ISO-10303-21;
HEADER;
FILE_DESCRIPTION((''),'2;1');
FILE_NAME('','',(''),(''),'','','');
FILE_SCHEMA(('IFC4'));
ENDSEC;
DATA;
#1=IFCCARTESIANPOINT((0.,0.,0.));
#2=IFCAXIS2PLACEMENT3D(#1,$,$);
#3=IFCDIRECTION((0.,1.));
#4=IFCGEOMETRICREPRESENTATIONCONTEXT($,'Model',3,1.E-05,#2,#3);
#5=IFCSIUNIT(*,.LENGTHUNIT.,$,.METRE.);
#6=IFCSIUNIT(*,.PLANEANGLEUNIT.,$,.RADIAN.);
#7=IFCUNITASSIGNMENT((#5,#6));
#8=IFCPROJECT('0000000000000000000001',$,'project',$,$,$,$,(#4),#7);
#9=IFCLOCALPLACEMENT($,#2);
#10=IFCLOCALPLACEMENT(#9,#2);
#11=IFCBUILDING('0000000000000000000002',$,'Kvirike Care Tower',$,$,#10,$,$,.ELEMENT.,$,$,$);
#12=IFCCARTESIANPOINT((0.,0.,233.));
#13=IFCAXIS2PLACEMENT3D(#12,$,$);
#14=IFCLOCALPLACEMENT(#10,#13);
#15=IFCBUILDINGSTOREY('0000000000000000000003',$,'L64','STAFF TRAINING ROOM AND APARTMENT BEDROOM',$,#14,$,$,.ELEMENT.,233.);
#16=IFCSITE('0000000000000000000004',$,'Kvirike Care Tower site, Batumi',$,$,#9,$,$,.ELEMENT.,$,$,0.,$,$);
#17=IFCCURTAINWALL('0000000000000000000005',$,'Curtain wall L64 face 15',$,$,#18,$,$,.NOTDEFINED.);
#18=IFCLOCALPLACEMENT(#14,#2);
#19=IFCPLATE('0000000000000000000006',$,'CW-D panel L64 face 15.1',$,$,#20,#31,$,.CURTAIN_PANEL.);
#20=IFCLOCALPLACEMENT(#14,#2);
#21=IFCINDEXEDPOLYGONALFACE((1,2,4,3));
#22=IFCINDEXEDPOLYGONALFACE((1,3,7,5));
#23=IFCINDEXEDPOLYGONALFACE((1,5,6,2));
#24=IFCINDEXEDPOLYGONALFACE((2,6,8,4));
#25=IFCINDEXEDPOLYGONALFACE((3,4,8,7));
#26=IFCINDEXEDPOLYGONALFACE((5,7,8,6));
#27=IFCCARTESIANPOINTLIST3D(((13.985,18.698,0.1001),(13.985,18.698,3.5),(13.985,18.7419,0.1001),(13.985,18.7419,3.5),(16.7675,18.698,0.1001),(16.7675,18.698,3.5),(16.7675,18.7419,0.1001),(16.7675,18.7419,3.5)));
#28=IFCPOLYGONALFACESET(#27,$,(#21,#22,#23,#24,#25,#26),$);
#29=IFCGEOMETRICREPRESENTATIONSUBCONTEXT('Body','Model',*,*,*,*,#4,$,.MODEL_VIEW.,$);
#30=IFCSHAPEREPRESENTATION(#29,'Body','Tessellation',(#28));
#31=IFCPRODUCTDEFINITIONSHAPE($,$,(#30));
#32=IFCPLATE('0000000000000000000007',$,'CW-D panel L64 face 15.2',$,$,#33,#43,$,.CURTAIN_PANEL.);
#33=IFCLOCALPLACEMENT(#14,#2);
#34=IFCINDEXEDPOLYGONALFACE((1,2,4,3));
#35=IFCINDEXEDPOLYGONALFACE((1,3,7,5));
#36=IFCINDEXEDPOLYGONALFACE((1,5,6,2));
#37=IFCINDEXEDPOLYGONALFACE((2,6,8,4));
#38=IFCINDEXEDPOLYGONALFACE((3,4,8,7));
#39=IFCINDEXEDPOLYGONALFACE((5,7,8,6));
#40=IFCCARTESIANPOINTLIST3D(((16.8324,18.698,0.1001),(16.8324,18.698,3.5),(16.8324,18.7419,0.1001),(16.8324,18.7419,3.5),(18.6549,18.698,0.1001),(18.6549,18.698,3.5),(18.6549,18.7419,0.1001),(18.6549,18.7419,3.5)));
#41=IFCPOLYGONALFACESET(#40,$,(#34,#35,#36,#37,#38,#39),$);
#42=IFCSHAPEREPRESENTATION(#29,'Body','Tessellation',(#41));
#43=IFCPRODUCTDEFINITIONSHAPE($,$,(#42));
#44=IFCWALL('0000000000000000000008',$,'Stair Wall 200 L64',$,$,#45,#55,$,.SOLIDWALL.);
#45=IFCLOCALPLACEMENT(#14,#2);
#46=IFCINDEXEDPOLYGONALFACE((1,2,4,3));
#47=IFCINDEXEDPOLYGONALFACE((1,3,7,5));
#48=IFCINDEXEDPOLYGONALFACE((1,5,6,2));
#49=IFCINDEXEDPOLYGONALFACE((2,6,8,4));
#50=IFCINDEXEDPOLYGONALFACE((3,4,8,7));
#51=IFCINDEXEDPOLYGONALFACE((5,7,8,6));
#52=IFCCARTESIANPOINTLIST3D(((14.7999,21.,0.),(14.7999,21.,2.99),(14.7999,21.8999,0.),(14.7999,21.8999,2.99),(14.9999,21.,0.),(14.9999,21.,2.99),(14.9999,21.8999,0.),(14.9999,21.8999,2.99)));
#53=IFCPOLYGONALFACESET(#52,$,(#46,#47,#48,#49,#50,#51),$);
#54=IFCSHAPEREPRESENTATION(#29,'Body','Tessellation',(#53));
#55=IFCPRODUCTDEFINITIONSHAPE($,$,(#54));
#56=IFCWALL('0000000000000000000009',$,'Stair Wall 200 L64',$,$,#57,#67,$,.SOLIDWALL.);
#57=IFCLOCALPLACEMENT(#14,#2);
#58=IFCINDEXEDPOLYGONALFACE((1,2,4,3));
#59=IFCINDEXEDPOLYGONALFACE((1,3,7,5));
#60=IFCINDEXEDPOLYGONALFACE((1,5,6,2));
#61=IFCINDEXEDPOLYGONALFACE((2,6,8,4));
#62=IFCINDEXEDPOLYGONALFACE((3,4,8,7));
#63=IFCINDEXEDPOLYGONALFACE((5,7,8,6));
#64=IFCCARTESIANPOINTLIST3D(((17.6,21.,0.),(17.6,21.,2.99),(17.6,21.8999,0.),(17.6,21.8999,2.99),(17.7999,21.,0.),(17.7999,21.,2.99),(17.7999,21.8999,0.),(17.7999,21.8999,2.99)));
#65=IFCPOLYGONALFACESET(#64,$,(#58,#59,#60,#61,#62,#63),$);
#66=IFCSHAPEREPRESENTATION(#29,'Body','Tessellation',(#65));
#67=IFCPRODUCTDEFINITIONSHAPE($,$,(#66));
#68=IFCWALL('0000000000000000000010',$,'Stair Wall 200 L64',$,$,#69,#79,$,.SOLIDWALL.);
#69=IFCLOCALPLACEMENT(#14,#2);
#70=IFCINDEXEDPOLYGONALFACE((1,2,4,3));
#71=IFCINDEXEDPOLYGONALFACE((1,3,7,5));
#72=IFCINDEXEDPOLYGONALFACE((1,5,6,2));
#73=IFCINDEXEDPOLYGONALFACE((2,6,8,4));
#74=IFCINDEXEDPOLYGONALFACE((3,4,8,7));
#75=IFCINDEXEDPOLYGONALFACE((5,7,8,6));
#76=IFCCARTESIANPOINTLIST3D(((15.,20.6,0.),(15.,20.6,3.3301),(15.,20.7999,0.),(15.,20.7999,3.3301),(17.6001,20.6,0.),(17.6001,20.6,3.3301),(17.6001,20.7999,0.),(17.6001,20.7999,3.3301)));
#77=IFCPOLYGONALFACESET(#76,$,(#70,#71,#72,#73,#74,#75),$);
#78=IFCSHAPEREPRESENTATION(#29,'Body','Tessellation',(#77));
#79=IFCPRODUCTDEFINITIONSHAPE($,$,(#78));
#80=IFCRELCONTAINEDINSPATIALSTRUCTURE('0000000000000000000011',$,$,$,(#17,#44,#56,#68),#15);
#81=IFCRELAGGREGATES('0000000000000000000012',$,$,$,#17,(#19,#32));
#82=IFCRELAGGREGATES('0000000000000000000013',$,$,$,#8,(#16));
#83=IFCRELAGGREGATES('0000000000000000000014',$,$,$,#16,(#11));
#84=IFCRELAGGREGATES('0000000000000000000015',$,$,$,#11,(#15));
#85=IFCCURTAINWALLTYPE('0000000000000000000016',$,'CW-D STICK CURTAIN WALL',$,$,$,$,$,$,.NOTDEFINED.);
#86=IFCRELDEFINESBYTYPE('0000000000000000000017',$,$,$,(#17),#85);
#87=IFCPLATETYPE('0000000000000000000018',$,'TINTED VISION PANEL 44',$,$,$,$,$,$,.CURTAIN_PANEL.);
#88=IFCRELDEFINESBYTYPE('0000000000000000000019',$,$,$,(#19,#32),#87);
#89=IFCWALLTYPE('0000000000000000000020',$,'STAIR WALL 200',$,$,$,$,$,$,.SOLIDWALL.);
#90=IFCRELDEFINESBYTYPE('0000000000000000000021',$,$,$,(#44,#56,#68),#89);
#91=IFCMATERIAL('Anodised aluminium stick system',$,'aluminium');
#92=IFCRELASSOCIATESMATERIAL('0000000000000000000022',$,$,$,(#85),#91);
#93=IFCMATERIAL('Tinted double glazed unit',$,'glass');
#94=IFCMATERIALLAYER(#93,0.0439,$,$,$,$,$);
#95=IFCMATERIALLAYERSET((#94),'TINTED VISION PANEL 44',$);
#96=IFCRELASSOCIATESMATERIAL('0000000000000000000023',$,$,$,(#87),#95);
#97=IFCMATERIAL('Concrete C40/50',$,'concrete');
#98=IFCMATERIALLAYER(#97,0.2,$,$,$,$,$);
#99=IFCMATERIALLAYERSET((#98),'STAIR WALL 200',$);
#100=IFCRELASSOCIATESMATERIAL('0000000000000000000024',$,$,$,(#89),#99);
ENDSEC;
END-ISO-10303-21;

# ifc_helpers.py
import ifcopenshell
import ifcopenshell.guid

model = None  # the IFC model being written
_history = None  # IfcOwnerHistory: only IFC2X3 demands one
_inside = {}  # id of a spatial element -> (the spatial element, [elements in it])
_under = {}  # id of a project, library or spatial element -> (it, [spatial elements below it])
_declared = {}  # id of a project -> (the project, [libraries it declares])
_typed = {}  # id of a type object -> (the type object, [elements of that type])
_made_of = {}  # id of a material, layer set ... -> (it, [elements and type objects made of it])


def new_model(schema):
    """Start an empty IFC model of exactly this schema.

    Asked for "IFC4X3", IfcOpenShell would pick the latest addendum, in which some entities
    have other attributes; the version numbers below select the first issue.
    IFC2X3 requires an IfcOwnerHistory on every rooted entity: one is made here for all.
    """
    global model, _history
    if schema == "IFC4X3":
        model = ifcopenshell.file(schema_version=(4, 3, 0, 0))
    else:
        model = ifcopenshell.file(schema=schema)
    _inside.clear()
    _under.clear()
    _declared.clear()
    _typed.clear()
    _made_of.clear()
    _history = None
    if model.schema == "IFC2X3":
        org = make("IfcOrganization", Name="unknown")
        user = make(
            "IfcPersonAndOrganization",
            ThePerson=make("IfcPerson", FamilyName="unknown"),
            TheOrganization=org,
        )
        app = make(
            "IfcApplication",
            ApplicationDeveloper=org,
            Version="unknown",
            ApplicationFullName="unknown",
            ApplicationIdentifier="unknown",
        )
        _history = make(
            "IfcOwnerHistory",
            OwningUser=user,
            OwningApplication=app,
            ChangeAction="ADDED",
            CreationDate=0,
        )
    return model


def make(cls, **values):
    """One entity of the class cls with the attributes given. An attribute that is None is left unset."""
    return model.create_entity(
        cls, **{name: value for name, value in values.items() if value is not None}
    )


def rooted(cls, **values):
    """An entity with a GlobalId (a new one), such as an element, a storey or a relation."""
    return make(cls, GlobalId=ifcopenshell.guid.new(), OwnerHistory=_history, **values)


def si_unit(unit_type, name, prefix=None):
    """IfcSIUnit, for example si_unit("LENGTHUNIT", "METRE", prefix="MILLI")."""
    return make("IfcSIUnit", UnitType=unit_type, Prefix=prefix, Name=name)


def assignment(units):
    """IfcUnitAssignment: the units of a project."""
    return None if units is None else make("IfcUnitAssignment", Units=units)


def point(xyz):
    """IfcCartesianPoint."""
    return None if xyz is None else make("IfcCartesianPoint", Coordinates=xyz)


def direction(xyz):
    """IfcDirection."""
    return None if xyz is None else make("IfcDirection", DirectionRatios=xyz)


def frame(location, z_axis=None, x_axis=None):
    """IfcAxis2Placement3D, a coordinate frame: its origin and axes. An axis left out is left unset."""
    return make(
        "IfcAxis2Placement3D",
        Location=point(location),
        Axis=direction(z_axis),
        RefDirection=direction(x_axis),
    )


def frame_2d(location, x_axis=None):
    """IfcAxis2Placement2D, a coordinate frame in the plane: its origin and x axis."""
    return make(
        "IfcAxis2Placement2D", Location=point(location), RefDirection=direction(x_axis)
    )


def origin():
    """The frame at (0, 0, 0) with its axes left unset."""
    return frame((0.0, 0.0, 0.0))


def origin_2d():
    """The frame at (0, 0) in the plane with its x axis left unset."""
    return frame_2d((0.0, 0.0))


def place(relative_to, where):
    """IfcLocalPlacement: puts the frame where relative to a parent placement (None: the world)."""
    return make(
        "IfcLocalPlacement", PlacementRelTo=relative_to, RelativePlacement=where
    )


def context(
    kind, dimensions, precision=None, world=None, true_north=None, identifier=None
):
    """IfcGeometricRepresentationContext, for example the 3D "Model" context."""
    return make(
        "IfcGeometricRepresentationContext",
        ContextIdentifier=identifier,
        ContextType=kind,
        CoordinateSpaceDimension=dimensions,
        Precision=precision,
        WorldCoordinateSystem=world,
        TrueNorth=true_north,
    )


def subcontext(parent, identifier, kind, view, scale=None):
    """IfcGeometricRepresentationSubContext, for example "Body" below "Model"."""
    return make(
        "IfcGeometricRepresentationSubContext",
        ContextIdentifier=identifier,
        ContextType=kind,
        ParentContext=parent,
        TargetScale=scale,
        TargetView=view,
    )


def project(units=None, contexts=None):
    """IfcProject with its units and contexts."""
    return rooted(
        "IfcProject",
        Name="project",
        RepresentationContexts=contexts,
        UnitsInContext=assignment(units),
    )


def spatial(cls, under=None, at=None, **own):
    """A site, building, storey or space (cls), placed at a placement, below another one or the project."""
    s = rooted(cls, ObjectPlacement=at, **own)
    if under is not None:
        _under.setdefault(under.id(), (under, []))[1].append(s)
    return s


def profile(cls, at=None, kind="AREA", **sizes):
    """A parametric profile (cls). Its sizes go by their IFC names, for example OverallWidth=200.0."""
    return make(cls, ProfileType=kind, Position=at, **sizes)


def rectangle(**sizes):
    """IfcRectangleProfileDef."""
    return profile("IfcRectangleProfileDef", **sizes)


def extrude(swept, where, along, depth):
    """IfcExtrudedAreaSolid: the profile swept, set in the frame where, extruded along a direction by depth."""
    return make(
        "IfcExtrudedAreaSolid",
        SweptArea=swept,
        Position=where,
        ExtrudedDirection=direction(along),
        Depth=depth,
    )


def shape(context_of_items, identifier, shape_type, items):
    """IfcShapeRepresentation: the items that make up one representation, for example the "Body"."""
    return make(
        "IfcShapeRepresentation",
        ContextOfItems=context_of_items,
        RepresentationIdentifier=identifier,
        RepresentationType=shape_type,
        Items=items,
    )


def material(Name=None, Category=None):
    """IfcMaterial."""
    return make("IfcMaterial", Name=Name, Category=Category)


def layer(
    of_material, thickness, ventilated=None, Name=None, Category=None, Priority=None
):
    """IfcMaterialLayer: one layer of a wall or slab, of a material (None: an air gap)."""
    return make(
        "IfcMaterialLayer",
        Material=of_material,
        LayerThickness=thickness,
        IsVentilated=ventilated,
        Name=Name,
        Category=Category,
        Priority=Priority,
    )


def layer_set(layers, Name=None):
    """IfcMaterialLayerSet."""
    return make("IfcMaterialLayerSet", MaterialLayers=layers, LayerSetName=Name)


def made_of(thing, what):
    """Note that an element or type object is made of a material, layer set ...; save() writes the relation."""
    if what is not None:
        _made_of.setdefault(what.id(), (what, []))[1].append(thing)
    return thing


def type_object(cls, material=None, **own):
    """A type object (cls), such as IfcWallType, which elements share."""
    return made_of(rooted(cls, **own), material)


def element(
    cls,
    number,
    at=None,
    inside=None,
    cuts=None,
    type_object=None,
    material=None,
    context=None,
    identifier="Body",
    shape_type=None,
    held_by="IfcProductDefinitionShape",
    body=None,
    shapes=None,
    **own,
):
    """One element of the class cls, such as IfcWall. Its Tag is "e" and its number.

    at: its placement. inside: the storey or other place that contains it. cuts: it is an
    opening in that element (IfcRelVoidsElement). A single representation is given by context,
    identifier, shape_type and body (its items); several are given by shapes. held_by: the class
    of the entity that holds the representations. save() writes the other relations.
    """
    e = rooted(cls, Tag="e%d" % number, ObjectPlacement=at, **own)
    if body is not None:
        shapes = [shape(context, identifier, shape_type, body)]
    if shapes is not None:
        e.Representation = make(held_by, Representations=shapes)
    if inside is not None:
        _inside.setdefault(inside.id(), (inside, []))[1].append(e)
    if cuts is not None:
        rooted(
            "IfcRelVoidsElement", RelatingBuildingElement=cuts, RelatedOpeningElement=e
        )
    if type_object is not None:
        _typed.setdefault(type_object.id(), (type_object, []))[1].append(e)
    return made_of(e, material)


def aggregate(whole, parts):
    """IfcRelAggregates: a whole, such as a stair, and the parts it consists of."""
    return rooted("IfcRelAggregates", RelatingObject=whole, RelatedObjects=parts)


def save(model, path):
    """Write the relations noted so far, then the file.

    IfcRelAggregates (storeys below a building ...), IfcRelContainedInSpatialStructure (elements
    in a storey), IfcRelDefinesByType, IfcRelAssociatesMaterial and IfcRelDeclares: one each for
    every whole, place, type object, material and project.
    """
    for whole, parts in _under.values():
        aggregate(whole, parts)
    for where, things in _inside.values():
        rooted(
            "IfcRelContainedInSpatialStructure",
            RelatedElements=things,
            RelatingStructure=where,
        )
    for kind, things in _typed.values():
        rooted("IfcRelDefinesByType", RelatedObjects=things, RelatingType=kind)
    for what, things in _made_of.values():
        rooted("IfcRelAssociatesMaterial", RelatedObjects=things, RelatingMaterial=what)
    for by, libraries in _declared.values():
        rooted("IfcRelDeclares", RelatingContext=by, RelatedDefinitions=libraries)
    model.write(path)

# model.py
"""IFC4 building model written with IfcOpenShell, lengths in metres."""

from ifc_helpers import new_model, si_unit, direction, frame, frame_2d, origin, origin_2d, place, context, subcontext, project, spatial, rectangle, extrude, material, layer, layer_set, type_object, element, aggregate, save


model = new_model("IFC4")

# Units and contexts
model_context = context("Model", 3, precision=1e-05, world=origin(), true_north=direction((0.0, 1.0)))
body_context = subcontext(model_context, "Body", "Model", "MODEL_VIEW")
ifc_project = project(units=[si_unit("LENGTHUNIT", "METRE"), si_unit("PLANEANGLEUNIT", "RADIAN")], contexts=[model_context])

# Site, building, storey
site_placement = place(None, origin())
site = spatial("IfcSite", under=ifc_project, at=site_placement, Name="Kvirike Care Tower site, Batumi", CompositionType="ELEMENT", RefElevation=0.0)
building_placement = place(site_placement, origin())
building = spatial("IfcBuilding", under=site, at=building_placement, Name="Kvirike Care Tower", CompositionType="ELEMENT")
storey_placement = place(building_placement, frame((0.0, 0.0, 233.0)))
storey = spatial("IfcBuildingStorey", under=building, at=storey_placement, Name="L64", Description="STAFF TRAINING ROOM AND APARTMENT BEDROOM", CompositionType="ELEMENT", Elevation=233.0)

# Curtain wall
ifc_material_1 = material(Name="Anodised aluminium stick system", Category="aluminium")
curtain_wall_type = type_object("IfcCurtainWallType", Name="CW-D STICK CURTAIN WALL", PredefinedType="NOTDEFINED", material=ifc_material_1)
curtain_wall_1_placement = place(storey_placement, origin())
curtain_wall_1 = element("IfcCurtainWall", 1, at=curtain_wall_1_placement, inside=storey, type_object=curtain_wall_type, Name="Curtain wall L64 face 15", PredefinedType="NOTDEFINED")

# Plates
ifc_material_2 = material(Name="Tinted double glazed unit", Category="glass")
ifc_layer_1 = layer(ifc_material_2, 0.0439)
ifc_layer_set_1 = layer_set([ifc_layer_1], Name="TINTED VISION PANEL 44")
plate_type = type_object("IfcPlateType", Name="TINTED VISION PANEL 44", PredefinedType="CURTAIN_PANEL", material=ifc_layer_set_1)
plate_1_placement = place(storey_placement, frame((15.3762, 18.72, 0.1001), z_axis=(0.0, 0.0, 1.0), x_axis=(1.0, 0.0, 0.0)))
plate_1 = element("IfcPlate", 2, at=plate_1_placement, type_object=plate_type, Name="CW-D panel L64 face 15.1", PredefinedType="CURTAIN_PANEL", context=body_context, shape_type="SweptSolid", body=[
    extrude(rectangle(XDim=2.7825, YDim=0.0439, at=origin_2d()), origin(), (0.0, 0.0, 1.0), 3.3999),
])
plate_2_placement = place(storey_placement, frame((17.7437, 18.72, 0.1001), z_axis=(0.0, 0.0, 1.0), x_axis=(1.0, 0.0, 0.0)))
plate_2 = element("IfcPlate", 3, at=plate_2_placement, type_object=plate_type, Name="CW-D panel L64 face 15.2", PredefinedType="CURTAIN_PANEL", context=body_context, shape_type="SweptSolid", body=[
    extrude(rectangle(XDim=1.8225, YDim=0.0439, at=origin_2d()), origin(), (0.0, 0.0, 1.0), 3.3999),
])
aggregate(curtain_wall_1, [plate_1, plate_2])

# Walls
ifc_material_3 = material(Name="Concrete C40/50", Category="concrete")
ifc_layer_2 = layer(ifc_material_3, 0.2)
ifc_layer_set_2 = layer_set([ifc_layer_2], Name="STAIR WALL 200")
wall_type = type_object("IfcWallType", Name="STAIR WALL 200", PredefinedType="SOLIDWALL", material=ifc_layer_set_2)
for number, where, z_axis, x_axis, name in (
    (4, (14.8999, 21.0, 0.0), (0.0, 0.0, 1.0), (0.0, 1.0, 0.0), "Stair Wall 200 L64"),
    (5, (17.7, 21.0, 0.0), (0.0, 0.0, 1.0), (0.0, 1.0, 0.0), "Stair Wall 200 L64"),
):
    element("IfcWall", number, at=place(storey_placement, frame(where, z_axis=z_axis, x_axis=x_axis)), inside=storey, type_object=wall_type, Name=name, PredefinedType="SOLIDWALL", context=body_context, shape_type="SweptSolid", body=[
        extrude(rectangle(XDim=0.8999, YDim=0.2, at=frame_2d((0.45, 0.0))), origin(), (0.0, 0.0, 1.0), 2.99),
    ])
wall_placement = place(storey_placement, frame((15.0, 20.7, 0.0), z_axis=(0.0, 0.0, 1.0), x_axis=(1.0, 0.0, 0.0)))
element("IfcWall", 6, at=wall_placement, inside=storey, type_object=wall_type, Name="Stair Wall 200 L64", PredefinedType="SOLIDWALL", context=body_context, shape_type="SweptSolid", body=[
    extrude(rectangle(XDim=2.6001, YDim=0.2, at=frame_2d((1.3, 0.0))), origin(), (0.0, 0.0, 1.0), 3.3301),
])

save(model, "model.ifc")
